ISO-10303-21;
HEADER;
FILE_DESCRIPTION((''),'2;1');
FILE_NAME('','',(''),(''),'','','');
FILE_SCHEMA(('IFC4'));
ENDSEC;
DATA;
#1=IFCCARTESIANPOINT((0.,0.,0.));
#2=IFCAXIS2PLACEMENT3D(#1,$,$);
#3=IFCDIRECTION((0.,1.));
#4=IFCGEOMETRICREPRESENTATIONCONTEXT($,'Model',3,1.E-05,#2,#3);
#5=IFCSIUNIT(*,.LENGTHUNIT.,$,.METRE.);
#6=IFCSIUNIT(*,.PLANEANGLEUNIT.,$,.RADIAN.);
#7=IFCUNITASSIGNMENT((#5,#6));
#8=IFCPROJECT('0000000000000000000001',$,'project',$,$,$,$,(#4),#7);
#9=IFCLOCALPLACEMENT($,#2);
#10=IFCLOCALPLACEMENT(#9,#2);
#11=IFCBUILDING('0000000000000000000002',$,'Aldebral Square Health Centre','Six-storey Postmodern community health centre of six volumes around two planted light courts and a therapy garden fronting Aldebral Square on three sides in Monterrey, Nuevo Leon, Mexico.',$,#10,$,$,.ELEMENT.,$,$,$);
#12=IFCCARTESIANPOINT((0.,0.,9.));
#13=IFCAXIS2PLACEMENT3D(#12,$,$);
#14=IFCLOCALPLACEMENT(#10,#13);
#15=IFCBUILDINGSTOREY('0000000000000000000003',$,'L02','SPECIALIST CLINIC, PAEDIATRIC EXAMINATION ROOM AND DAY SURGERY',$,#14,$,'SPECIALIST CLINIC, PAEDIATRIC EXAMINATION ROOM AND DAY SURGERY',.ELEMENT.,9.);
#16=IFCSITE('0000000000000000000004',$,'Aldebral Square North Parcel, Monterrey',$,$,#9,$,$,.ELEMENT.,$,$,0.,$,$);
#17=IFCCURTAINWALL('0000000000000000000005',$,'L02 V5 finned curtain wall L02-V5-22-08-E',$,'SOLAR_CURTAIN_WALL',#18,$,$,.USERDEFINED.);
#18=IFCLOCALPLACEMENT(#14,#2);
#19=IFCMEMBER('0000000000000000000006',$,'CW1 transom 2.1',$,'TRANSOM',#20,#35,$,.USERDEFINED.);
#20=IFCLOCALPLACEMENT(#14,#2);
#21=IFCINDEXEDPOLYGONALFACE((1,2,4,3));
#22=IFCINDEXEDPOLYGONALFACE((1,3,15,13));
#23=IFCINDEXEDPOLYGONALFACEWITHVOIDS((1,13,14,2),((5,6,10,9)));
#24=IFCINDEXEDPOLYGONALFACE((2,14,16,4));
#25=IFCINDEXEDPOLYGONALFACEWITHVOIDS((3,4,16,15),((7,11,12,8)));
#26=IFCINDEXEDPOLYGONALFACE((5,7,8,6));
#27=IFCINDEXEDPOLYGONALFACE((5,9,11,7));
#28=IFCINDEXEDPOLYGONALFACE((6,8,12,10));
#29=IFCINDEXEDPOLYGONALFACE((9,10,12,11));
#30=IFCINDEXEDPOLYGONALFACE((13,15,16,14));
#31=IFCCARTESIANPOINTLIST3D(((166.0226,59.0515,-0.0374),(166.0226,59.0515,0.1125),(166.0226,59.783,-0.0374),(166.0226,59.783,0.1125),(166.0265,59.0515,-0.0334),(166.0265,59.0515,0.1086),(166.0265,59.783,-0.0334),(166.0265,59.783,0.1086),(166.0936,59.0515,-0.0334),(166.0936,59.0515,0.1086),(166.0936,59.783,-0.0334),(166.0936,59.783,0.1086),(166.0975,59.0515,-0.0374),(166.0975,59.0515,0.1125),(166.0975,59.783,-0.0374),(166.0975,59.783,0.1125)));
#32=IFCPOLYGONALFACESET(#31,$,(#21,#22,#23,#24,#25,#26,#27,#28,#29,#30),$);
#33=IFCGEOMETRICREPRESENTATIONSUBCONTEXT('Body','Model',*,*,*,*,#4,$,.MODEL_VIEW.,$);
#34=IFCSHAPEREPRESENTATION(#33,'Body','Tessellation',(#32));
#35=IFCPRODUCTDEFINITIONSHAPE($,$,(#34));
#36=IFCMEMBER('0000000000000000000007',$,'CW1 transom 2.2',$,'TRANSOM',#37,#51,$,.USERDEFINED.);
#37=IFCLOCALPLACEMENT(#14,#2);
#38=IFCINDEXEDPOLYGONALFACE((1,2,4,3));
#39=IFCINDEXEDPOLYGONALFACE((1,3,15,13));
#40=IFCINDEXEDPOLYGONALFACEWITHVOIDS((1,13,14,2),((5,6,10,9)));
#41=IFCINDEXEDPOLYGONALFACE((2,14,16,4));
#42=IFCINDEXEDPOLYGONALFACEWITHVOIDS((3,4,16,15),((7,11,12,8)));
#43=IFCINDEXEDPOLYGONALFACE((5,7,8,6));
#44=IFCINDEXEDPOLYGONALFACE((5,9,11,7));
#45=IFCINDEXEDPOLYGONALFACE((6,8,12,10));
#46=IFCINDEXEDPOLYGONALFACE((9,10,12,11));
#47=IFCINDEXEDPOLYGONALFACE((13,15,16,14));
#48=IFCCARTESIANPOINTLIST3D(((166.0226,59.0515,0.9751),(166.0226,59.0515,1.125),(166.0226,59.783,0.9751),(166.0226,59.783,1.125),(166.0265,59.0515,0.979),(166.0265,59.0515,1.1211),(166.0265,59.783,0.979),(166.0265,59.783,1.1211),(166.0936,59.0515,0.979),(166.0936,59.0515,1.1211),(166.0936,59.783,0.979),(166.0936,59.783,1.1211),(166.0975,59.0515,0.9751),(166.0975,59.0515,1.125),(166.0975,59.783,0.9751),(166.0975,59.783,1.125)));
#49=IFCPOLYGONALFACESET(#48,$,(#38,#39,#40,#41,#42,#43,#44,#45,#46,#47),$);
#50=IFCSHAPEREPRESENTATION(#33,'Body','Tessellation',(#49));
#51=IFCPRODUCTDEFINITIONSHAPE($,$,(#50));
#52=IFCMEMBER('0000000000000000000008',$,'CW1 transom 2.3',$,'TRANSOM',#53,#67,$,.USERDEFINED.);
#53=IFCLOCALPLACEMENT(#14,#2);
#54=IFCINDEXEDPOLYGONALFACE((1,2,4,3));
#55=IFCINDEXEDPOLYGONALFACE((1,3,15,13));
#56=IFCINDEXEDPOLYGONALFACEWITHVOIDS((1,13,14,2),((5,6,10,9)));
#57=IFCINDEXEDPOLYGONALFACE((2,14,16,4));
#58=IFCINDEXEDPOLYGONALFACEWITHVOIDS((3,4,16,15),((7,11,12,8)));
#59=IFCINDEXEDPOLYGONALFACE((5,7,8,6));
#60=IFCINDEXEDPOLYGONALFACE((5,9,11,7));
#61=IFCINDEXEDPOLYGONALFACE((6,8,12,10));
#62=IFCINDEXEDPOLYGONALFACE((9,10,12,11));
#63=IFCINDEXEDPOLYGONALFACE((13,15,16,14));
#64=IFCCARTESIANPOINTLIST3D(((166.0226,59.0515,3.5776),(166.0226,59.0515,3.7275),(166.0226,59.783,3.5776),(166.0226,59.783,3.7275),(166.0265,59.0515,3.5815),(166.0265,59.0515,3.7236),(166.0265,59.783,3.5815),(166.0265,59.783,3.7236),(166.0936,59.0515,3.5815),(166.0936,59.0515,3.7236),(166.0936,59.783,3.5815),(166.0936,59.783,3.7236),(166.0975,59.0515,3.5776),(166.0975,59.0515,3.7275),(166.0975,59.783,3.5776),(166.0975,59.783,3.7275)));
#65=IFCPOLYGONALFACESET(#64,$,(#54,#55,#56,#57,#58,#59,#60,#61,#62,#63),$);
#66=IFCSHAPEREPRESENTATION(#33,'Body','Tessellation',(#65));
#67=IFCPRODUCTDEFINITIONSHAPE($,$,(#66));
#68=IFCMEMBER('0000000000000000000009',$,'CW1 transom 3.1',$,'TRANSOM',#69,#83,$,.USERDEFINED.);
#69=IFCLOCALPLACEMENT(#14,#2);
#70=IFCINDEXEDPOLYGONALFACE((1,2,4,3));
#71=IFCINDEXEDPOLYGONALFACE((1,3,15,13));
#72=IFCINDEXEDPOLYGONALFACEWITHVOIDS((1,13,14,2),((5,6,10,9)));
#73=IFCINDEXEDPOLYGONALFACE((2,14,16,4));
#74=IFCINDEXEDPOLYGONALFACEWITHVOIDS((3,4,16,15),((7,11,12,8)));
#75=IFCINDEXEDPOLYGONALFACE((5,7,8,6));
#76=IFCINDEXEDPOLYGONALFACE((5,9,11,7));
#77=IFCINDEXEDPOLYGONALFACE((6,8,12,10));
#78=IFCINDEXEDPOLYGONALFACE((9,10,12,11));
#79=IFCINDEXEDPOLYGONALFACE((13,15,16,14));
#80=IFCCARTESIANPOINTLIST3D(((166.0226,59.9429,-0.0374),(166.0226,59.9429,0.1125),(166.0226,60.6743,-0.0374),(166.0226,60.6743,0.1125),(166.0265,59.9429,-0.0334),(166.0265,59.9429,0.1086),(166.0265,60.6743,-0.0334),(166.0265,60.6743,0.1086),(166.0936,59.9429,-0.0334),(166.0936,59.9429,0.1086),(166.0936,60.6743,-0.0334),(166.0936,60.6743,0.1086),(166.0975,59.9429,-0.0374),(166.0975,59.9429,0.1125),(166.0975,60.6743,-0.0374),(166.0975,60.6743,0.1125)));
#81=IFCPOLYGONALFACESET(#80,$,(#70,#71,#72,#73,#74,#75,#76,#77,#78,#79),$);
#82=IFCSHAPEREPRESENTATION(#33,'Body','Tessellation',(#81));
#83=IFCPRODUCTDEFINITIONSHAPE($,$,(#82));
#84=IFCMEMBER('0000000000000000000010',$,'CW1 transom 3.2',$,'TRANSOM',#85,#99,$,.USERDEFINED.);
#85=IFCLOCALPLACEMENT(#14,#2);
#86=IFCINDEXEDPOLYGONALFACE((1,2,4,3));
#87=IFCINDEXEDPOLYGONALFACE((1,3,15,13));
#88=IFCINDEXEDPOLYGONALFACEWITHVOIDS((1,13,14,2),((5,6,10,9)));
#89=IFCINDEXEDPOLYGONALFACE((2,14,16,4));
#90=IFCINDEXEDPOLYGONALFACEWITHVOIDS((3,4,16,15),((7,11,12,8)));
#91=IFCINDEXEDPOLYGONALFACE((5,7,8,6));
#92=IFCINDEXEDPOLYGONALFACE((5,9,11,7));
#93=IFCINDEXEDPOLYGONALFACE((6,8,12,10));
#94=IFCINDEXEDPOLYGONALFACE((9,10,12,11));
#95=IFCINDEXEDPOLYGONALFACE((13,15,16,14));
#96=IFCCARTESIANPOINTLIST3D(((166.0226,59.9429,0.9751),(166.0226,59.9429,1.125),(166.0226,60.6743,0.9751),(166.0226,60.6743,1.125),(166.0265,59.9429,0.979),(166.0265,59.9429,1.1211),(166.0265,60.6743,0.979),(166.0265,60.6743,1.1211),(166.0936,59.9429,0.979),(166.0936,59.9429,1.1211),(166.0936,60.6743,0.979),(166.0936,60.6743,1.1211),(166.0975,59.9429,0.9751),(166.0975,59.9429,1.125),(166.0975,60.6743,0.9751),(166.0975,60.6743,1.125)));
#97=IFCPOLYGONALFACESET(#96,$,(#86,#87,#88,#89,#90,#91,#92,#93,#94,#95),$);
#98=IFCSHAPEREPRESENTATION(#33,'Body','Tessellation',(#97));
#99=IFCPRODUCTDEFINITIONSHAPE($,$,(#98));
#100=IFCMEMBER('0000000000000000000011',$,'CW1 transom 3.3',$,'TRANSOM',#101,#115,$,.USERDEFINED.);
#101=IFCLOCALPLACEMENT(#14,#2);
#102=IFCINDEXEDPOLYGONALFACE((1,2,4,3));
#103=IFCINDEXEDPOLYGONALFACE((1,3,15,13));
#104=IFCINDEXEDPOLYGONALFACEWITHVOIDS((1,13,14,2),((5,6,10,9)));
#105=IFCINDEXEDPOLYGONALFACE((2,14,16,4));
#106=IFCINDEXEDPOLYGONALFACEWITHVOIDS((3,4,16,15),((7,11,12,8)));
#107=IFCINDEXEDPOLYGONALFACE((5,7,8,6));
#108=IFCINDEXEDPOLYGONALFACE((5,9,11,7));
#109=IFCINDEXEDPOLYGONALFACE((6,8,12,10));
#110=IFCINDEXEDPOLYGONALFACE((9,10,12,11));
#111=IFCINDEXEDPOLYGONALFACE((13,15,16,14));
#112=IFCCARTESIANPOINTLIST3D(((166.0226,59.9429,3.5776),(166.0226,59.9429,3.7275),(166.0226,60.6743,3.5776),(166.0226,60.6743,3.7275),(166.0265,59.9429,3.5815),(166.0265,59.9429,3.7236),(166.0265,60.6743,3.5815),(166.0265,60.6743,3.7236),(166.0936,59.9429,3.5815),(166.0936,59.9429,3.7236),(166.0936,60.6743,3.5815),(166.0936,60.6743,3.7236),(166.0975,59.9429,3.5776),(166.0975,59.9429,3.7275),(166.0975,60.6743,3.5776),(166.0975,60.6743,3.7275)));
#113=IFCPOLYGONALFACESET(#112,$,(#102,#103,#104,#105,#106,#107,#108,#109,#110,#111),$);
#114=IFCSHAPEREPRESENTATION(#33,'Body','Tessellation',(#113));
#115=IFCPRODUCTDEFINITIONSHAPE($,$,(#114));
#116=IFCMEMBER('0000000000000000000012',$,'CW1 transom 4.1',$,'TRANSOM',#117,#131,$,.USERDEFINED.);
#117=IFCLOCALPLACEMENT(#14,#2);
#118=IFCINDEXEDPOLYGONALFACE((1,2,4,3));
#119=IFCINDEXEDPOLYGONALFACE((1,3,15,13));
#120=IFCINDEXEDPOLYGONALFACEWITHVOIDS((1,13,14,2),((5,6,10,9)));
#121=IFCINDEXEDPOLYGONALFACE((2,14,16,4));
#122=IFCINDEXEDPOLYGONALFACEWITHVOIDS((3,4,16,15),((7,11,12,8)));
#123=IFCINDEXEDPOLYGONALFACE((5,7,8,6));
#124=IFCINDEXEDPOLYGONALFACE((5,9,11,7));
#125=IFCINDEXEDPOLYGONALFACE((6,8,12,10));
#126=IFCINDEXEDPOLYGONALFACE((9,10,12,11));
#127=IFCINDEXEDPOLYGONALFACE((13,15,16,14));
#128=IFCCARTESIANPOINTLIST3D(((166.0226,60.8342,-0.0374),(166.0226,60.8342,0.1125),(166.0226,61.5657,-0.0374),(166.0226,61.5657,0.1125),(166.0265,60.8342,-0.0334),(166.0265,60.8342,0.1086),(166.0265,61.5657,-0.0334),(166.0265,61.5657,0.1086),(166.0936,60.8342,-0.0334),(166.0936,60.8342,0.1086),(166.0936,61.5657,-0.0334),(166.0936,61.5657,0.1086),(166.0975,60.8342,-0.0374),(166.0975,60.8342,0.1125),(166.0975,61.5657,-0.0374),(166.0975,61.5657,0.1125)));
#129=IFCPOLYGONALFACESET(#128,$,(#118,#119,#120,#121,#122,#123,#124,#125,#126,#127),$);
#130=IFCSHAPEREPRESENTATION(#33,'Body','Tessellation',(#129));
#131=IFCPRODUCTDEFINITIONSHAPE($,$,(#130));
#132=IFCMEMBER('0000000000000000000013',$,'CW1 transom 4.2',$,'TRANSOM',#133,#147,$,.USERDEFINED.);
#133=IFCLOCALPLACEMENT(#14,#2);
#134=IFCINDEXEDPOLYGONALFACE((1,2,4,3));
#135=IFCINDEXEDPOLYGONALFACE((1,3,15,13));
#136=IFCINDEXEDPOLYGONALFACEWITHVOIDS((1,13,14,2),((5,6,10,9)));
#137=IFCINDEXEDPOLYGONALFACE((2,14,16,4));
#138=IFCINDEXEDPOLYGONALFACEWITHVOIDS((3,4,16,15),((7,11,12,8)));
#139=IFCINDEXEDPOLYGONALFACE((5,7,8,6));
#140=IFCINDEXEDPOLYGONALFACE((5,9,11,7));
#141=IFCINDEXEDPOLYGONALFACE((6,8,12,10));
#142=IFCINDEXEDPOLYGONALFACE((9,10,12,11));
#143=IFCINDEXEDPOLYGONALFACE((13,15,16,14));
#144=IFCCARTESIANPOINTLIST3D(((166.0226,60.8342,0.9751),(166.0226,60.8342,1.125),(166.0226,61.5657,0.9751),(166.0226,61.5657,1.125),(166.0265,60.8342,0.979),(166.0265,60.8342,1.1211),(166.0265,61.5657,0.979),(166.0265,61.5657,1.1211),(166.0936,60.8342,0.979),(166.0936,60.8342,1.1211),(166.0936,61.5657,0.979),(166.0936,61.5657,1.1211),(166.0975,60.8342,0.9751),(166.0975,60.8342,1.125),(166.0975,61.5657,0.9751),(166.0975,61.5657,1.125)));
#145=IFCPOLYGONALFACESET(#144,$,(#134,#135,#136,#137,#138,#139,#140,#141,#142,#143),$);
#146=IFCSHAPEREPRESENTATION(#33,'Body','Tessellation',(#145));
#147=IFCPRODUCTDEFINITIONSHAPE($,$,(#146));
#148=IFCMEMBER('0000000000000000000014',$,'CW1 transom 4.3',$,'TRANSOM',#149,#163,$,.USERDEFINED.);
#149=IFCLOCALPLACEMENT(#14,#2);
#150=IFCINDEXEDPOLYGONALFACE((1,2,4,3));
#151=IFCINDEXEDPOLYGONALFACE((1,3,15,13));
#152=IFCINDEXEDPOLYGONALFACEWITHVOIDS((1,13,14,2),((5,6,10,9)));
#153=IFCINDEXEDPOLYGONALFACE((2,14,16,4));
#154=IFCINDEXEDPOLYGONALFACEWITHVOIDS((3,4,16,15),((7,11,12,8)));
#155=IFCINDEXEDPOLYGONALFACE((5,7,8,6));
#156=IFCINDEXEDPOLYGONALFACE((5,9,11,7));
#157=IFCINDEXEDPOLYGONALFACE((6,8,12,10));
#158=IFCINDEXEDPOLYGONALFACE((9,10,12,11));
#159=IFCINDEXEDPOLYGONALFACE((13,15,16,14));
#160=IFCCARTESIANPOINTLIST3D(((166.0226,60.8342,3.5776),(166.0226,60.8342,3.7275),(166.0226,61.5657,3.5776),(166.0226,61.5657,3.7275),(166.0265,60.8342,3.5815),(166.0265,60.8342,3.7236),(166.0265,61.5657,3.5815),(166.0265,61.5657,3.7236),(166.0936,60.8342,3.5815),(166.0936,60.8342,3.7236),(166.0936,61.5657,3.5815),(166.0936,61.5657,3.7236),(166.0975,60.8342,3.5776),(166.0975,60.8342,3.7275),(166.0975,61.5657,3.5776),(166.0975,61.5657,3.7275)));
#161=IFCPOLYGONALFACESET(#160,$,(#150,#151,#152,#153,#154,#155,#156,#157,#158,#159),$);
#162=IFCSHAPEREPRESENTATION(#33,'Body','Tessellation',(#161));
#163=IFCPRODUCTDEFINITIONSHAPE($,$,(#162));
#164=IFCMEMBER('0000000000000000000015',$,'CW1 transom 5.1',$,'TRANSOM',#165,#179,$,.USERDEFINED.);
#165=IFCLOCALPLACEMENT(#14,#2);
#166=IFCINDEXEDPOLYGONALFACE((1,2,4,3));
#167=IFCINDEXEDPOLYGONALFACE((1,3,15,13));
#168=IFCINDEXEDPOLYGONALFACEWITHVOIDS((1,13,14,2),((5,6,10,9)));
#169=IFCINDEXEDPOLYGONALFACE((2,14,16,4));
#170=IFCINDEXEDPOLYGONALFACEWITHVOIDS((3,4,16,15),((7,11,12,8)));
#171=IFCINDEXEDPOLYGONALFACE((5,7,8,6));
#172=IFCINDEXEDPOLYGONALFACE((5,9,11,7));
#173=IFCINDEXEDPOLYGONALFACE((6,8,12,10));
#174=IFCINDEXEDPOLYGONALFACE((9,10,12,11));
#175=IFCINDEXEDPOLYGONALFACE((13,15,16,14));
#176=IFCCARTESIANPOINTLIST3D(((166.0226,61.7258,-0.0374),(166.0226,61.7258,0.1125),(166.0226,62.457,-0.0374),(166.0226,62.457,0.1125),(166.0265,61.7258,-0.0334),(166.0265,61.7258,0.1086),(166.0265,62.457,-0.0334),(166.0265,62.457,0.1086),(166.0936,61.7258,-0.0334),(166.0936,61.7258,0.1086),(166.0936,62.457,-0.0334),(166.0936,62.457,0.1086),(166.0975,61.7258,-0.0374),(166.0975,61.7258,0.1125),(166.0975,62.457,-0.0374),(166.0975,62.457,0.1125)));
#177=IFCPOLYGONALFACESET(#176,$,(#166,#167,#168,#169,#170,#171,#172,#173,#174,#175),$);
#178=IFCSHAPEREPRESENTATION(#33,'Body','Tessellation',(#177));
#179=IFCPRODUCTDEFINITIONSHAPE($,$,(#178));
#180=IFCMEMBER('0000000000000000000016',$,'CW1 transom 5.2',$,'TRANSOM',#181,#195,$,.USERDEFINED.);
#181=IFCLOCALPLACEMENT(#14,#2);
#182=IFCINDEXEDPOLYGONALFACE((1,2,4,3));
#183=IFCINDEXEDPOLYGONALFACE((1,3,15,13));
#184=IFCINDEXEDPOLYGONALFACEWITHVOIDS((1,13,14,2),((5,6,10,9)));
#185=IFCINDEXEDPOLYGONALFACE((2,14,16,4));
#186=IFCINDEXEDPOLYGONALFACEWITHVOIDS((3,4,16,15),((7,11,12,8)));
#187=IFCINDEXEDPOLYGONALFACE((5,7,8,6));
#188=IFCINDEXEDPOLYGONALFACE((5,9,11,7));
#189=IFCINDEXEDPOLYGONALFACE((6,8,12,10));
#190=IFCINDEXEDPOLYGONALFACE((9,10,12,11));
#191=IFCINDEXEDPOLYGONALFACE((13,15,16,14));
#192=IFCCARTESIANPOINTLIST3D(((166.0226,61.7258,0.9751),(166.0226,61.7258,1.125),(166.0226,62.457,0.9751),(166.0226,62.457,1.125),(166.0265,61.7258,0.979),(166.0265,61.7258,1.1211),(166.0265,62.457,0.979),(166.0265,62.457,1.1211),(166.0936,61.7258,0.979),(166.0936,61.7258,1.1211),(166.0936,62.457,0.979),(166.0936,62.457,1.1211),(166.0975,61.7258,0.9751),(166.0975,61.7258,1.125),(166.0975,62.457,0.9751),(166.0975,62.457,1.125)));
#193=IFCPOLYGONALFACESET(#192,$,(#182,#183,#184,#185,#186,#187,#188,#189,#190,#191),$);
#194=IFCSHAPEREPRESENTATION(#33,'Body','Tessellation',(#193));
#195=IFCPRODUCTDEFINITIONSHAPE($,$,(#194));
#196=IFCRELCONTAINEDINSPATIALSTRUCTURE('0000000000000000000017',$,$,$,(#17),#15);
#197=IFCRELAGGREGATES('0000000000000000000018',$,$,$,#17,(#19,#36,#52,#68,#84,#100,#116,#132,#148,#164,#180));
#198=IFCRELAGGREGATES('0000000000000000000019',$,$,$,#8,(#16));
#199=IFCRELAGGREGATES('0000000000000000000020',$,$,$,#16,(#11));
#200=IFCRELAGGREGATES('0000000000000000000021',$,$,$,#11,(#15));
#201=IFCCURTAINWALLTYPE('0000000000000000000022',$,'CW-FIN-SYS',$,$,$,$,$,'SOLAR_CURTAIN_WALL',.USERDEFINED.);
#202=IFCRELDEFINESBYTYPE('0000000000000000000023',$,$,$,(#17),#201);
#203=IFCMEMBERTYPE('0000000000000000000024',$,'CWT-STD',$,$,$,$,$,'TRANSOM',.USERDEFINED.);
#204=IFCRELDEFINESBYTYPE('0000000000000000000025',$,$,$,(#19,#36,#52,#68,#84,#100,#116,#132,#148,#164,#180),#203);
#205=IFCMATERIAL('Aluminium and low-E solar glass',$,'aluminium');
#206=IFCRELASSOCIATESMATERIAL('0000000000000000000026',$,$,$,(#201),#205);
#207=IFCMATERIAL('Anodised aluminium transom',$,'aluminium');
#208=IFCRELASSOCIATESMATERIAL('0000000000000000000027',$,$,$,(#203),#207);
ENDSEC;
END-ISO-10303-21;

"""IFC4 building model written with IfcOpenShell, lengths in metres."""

from ifc_helpers import new_model, si_unit, direction, frame, origin, origin_2d, place, context, subcontext, project, spatial, hollow_rectangle, extrude, material, material_profile, profile_set, type_object, element, aggregate, save


model = new_model("IFC4")

# Units and contexts
model_context = context("Model", 3, precision=1e-05, world=origin(), true_north=direction((0.0, 1.0)))
body_context = subcontext(model_context, "Body", "Model", "MODEL_VIEW")
ifc_project = project(units=[si_unit("LENGTHUNIT", "METRE"), si_unit("PLANEANGLEUNIT", "RADIAN")], contexts=[model_context])

# Site, building, storey
site_placement = place(None, origin())
site = spatial("IfcSite", under=ifc_project, at=site_placement, Name="Aldebral Square North Parcel, Monterrey", CompositionType="ELEMENT", RefElevation=0.0)
building_placement = place(site_placement, origin())
building = spatial("IfcBuilding", under=site, at=building_placement, Name="Aldebral Square Health Centre", Description="Six-storey Postmodern community health centre of six volumes around two planted light courts and a therapy garden fronting Aldebral Square on three sides in Monterrey, Nuevo Leon, Mexico.", CompositionType="ELEMENT")
storey_placement = place(building_placement, frame((0.0, 0.0, 9.0)))
storey = spatial("IfcBuildingStorey", under=building, at=storey_placement, Name="L02", Description="SPECIALIST CLINIC, PAEDIATRIC EXAMINATION ROOM AND DAY SURGERY", LongName="SPECIALIST CLINIC, PAEDIATRIC EXAMINATION ROOM AND DAY SURGERY", CompositionType="ELEMENT", Elevation=9.0)

# Curtain wall, members
ifc_material_1 = material(Name="Aluminium and low-E solar glass", Category="aluminium")
curtain_wall_type = type_object("IfcCurtainWallType", Name="CW-FIN-SYS", ElementType="SOLAR_CURTAIN_WALL", PredefinedType="USERDEFINED", material=ifc_material_1)
curtain_wall_placement = place(storey_placement, origin())
curtain_wall = element("IfcCurtainWall", 1, at=curtain_wall_placement, inside=storey, type_object=curtain_wall_type, Name="L02 V5 finned curtain wall L02-V5-22-08-E", ObjectType="SOLAR_CURTAIN_WALL", PredefinedType="USERDEFINED")
ifc_material_2 = material(Name="Anodised aluminium transom", Category="aluminium")
ifc_material_profile_1 = material_profile(ifc_material_2, hollow_rectangle(XDim=0.075, YDim=0.1499, WallThickness=0.0039, at=origin_2d()), Name="CWT 75x150x4")
ifc_profile_set_1 = profile_set([ifc_material_profile_1], Name="Anodised aluminium transom")
member_type_1 = type_object("IfcMemberType", Name="CWT-STD", ElementType="TRANSOM", PredefinedType="USERDEFINED", material=ifc_profile_set_1)
member_1_placement = place(storey_placement, frame((166.0601, 59.0515, 0.0376), z_axis=(0.0, 1.0, 0.0), x_axis=(-1.0, 0.0, 0.0)))
member_1 = element("IfcMember", 2, at=member_1_placement, type_object=member_type_1, Name="CW1 transom 2.1", ObjectType="TRANSOM", PredefinedType="USERDEFINED", context=body_context, shape_type="SweptSolid", body=[
    extrude(hollow_rectangle(XDim=0.075, YDim=0.1499, WallThickness=0.0039, at=origin_2d()), origin(), (0.0, 0.0, 1.0), 0.7314),
])
member_2_placement = place(storey_placement, frame((166.0601, 59.0515, 1.05), z_axis=(0.0, 1.0, 0.0), x_axis=(-1.0, 0.0, 0.0)))
member_2 = element("IfcMember", 3, at=member_2_placement, type_object=member_type_1, Name="CW1 transom 2.2", ObjectType="TRANSOM", PredefinedType="USERDEFINED", context=body_context, shape_type="SweptSolid", body=[
    extrude(hollow_rectangle(XDim=0.075, YDim=0.1499, WallThickness=0.0039, at=origin_2d()), origin(), (0.0, 0.0, 1.0), 0.7314),
])
member_3_placement = place(storey_placement, frame((166.0601, 59.0515, 3.6526), z_axis=(0.0, 1.0, 0.0), x_axis=(-1.0, 0.0, 0.0)))
member_3 = element("IfcMember", 4, at=member_3_placement, type_object=member_type_1, Name="CW1 transom 2.3", ObjectType="TRANSOM", PredefinedType="USERDEFINED", context=body_context, shape_type="SweptSolid", body=[
    extrude(hollow_rectangle(XDim=0.075, YDim=0.1499, WallThickness=0.0039, at=origin_2d()), origin(), (0.0, 0.0, 1.0), 0.7314),
])
member_4_placement = place(storey_placement, frame((166.0601, 59.9429, 0.0376), z_axis=(0.0, 1.0, 0.0), x_axis=(-1.0, 0.0, 0.0)))
member_4 = element("IfcMember", 5, at=member_4_placement, type_object=member_type_1, Name="CW1 transom 3.1", ObjectType="TRANSOM", PredefinedType="USERDEFINED", context=body_context, shape_type="SweptSolid", body=[
    extrude(hollow_rectangle(XDim=0.075, YDim=0.1499, WallThickness=0.0039, at=origin_2d()), origin(), (0.0, 0.0, 1.0), 0.7314),
])
member_5_placement = place(storey_placement, frame((166.0601, 59.9429, 1.05), z_axis=(0.0, 1.0, 0.0), x_axis=(-1.0, 0.0, 0.0)))
member_5 = element("IfcMember", 6, at=member_5_placement, type_object=member_type_1, Name="CW1 transom 3.2", ObjectType="TRANSOM", PredefinedType="USERDEFINED", context=body_context, shape_type="SweptSolid", body=[
    extrude(hollow_rectangle(XDim=0.075, YDim=0.1499, WallThickness=0.0039, at=origin_2d()), origin(), (0.0, 0.0, 1.0), 0.7314),
])
member_6_placement = place(storey_placement, frame((166.0601, 59.9429, 3.6526), z_axis=(0.0, 1.0, 0.0), x_axis=(-1.0, 0.0, 0.0)))
member_6 = element("IfcMember", 7, at=member_6_placement, type_object=member_type_1, Name="CW1 transom 3.3", ObjectType="TRANSOM", PredefinedType="USERDEFINED", context=body_context, shape_type="SweptSolid", body=[
    extrude(hollow_rectangle(XDim=0.075, YDim=0.1499, WallThickness=0.0039, at=origin_2d()), origin(), (0.0, 0.0, 1.0), 0.7314),
])
member_7_placement = place(storey_placement, frame((166.0601, 60.8342, 0.0376), z_axis=(0.0, 1.0, 0.0), x_axis=(-1.0, 0.0, 0.0)))
member_7 = element("IfcMember", 8, at=member_7_placement, type_object=member_type_1, Name="CW1 transom 4.1", ObjectType="TRANSOM", PredefinedType="USERDEFINED", context=body_context, shape_type="SweptSolid", body=[
    extrude(hollow_rectangle(XDim=0.075, YDim=0.1499, WallThickness=0.0039, at=origin_2d()), origin(), (0.0, 0.0, 1.0), 0.7314),
])
member_8_placement = place(storey_placement, frame((166.0601, 60.8342, 1.05), z_axis=(0.0, 1.0, 0.0), x_axis=(-1.0, 0.0, 0.0)))
member_8 = element("IfcMember", 9, at=member_8_placement, type_object=member_type_1, Name="CW1 transom 4.2", ObjectType="TRANSOM", PredefinedType="USERDEFINED", context=body_context, shape_type="SweptSolid", body=[
    extrude(hollow_rectangle(XDim=0.075, YDim=0.1499, WallThickness=0.0039, at=origin_2d()), origin(), (0.0, 0.0, 1.0), 0.7314),
])
member_9_placement = place(storey_placement, frame((166.0601, 60.8342, 3.6526), z_axis=(0.0, 1.0, 0.0), x_axis=(-1.0, 0.0, 0.0)))
member_9 = element("IfcMember", 10, at=member_9_placement, type_object=member_type_1, Name="CW1 transom 4.3", ObjectType="TRANSOM", PredefinedType="USERDEFINED", context=body_context, shape_type="SweptSolid", body=[
    extrude(hollow_rectangle(XDim=0.075, YDim=0.1499, WallThickness=0.0039, at=origin_2d()), origin(), (0.0, 0.0, 1.0), 0.7314),
])
member_10_placement = place(storey_placement, frame((166.0601, 61.7258, 0.0376), z_axis=(0.0, 1.0, 0.0), x_axis=(-1.0, 0.0, 0.0)))
member_10 = element("IfcMember", 11, at=member_10_placement, type_object=member_type_1, Name="CW1 transom 5.1", ObjectType="TRANSOM", PredefinedType="USERDEFINED", context=body_context, shape_type="SweptSolid", body=[
    extrude(hollow_rectangle(XDim=0.075, YDim=0.1499, WallThickness=0.0039, at=origin_2d()), origin(), (0.0, 0.0, 1.0), 0.7312),
])
member_11_placement = place(storey_placement, frame((166.0601, 61.7258, 1.05), z_axis=(0.0, 1.0, 0.0), x_axis=(-1.0, 0.0, 0.0)))
member_11 = element("IfcMember", 12, at=member_11_placement, type_object=member_type_1, Name="CW1 transom 5.2", ObjectType="TRANSOM", PredefinedType="USERDEFINED", context=body_context, shape_type="SweptSolid", body=[
    extrude(hollow_rectangle(XDim=0.075, YDim=0.1499, WallThickness=0.0039, at=origin_2d()), origin(), (0.0, 0.0, 1.0), 0.7312),
])
aggregate(curtain_wall, [member_1, member_2, member_3, member_4, member_5, member_6, member_7, member_8, member_9, member_10, member_11])

save(model, "model.ifc")
